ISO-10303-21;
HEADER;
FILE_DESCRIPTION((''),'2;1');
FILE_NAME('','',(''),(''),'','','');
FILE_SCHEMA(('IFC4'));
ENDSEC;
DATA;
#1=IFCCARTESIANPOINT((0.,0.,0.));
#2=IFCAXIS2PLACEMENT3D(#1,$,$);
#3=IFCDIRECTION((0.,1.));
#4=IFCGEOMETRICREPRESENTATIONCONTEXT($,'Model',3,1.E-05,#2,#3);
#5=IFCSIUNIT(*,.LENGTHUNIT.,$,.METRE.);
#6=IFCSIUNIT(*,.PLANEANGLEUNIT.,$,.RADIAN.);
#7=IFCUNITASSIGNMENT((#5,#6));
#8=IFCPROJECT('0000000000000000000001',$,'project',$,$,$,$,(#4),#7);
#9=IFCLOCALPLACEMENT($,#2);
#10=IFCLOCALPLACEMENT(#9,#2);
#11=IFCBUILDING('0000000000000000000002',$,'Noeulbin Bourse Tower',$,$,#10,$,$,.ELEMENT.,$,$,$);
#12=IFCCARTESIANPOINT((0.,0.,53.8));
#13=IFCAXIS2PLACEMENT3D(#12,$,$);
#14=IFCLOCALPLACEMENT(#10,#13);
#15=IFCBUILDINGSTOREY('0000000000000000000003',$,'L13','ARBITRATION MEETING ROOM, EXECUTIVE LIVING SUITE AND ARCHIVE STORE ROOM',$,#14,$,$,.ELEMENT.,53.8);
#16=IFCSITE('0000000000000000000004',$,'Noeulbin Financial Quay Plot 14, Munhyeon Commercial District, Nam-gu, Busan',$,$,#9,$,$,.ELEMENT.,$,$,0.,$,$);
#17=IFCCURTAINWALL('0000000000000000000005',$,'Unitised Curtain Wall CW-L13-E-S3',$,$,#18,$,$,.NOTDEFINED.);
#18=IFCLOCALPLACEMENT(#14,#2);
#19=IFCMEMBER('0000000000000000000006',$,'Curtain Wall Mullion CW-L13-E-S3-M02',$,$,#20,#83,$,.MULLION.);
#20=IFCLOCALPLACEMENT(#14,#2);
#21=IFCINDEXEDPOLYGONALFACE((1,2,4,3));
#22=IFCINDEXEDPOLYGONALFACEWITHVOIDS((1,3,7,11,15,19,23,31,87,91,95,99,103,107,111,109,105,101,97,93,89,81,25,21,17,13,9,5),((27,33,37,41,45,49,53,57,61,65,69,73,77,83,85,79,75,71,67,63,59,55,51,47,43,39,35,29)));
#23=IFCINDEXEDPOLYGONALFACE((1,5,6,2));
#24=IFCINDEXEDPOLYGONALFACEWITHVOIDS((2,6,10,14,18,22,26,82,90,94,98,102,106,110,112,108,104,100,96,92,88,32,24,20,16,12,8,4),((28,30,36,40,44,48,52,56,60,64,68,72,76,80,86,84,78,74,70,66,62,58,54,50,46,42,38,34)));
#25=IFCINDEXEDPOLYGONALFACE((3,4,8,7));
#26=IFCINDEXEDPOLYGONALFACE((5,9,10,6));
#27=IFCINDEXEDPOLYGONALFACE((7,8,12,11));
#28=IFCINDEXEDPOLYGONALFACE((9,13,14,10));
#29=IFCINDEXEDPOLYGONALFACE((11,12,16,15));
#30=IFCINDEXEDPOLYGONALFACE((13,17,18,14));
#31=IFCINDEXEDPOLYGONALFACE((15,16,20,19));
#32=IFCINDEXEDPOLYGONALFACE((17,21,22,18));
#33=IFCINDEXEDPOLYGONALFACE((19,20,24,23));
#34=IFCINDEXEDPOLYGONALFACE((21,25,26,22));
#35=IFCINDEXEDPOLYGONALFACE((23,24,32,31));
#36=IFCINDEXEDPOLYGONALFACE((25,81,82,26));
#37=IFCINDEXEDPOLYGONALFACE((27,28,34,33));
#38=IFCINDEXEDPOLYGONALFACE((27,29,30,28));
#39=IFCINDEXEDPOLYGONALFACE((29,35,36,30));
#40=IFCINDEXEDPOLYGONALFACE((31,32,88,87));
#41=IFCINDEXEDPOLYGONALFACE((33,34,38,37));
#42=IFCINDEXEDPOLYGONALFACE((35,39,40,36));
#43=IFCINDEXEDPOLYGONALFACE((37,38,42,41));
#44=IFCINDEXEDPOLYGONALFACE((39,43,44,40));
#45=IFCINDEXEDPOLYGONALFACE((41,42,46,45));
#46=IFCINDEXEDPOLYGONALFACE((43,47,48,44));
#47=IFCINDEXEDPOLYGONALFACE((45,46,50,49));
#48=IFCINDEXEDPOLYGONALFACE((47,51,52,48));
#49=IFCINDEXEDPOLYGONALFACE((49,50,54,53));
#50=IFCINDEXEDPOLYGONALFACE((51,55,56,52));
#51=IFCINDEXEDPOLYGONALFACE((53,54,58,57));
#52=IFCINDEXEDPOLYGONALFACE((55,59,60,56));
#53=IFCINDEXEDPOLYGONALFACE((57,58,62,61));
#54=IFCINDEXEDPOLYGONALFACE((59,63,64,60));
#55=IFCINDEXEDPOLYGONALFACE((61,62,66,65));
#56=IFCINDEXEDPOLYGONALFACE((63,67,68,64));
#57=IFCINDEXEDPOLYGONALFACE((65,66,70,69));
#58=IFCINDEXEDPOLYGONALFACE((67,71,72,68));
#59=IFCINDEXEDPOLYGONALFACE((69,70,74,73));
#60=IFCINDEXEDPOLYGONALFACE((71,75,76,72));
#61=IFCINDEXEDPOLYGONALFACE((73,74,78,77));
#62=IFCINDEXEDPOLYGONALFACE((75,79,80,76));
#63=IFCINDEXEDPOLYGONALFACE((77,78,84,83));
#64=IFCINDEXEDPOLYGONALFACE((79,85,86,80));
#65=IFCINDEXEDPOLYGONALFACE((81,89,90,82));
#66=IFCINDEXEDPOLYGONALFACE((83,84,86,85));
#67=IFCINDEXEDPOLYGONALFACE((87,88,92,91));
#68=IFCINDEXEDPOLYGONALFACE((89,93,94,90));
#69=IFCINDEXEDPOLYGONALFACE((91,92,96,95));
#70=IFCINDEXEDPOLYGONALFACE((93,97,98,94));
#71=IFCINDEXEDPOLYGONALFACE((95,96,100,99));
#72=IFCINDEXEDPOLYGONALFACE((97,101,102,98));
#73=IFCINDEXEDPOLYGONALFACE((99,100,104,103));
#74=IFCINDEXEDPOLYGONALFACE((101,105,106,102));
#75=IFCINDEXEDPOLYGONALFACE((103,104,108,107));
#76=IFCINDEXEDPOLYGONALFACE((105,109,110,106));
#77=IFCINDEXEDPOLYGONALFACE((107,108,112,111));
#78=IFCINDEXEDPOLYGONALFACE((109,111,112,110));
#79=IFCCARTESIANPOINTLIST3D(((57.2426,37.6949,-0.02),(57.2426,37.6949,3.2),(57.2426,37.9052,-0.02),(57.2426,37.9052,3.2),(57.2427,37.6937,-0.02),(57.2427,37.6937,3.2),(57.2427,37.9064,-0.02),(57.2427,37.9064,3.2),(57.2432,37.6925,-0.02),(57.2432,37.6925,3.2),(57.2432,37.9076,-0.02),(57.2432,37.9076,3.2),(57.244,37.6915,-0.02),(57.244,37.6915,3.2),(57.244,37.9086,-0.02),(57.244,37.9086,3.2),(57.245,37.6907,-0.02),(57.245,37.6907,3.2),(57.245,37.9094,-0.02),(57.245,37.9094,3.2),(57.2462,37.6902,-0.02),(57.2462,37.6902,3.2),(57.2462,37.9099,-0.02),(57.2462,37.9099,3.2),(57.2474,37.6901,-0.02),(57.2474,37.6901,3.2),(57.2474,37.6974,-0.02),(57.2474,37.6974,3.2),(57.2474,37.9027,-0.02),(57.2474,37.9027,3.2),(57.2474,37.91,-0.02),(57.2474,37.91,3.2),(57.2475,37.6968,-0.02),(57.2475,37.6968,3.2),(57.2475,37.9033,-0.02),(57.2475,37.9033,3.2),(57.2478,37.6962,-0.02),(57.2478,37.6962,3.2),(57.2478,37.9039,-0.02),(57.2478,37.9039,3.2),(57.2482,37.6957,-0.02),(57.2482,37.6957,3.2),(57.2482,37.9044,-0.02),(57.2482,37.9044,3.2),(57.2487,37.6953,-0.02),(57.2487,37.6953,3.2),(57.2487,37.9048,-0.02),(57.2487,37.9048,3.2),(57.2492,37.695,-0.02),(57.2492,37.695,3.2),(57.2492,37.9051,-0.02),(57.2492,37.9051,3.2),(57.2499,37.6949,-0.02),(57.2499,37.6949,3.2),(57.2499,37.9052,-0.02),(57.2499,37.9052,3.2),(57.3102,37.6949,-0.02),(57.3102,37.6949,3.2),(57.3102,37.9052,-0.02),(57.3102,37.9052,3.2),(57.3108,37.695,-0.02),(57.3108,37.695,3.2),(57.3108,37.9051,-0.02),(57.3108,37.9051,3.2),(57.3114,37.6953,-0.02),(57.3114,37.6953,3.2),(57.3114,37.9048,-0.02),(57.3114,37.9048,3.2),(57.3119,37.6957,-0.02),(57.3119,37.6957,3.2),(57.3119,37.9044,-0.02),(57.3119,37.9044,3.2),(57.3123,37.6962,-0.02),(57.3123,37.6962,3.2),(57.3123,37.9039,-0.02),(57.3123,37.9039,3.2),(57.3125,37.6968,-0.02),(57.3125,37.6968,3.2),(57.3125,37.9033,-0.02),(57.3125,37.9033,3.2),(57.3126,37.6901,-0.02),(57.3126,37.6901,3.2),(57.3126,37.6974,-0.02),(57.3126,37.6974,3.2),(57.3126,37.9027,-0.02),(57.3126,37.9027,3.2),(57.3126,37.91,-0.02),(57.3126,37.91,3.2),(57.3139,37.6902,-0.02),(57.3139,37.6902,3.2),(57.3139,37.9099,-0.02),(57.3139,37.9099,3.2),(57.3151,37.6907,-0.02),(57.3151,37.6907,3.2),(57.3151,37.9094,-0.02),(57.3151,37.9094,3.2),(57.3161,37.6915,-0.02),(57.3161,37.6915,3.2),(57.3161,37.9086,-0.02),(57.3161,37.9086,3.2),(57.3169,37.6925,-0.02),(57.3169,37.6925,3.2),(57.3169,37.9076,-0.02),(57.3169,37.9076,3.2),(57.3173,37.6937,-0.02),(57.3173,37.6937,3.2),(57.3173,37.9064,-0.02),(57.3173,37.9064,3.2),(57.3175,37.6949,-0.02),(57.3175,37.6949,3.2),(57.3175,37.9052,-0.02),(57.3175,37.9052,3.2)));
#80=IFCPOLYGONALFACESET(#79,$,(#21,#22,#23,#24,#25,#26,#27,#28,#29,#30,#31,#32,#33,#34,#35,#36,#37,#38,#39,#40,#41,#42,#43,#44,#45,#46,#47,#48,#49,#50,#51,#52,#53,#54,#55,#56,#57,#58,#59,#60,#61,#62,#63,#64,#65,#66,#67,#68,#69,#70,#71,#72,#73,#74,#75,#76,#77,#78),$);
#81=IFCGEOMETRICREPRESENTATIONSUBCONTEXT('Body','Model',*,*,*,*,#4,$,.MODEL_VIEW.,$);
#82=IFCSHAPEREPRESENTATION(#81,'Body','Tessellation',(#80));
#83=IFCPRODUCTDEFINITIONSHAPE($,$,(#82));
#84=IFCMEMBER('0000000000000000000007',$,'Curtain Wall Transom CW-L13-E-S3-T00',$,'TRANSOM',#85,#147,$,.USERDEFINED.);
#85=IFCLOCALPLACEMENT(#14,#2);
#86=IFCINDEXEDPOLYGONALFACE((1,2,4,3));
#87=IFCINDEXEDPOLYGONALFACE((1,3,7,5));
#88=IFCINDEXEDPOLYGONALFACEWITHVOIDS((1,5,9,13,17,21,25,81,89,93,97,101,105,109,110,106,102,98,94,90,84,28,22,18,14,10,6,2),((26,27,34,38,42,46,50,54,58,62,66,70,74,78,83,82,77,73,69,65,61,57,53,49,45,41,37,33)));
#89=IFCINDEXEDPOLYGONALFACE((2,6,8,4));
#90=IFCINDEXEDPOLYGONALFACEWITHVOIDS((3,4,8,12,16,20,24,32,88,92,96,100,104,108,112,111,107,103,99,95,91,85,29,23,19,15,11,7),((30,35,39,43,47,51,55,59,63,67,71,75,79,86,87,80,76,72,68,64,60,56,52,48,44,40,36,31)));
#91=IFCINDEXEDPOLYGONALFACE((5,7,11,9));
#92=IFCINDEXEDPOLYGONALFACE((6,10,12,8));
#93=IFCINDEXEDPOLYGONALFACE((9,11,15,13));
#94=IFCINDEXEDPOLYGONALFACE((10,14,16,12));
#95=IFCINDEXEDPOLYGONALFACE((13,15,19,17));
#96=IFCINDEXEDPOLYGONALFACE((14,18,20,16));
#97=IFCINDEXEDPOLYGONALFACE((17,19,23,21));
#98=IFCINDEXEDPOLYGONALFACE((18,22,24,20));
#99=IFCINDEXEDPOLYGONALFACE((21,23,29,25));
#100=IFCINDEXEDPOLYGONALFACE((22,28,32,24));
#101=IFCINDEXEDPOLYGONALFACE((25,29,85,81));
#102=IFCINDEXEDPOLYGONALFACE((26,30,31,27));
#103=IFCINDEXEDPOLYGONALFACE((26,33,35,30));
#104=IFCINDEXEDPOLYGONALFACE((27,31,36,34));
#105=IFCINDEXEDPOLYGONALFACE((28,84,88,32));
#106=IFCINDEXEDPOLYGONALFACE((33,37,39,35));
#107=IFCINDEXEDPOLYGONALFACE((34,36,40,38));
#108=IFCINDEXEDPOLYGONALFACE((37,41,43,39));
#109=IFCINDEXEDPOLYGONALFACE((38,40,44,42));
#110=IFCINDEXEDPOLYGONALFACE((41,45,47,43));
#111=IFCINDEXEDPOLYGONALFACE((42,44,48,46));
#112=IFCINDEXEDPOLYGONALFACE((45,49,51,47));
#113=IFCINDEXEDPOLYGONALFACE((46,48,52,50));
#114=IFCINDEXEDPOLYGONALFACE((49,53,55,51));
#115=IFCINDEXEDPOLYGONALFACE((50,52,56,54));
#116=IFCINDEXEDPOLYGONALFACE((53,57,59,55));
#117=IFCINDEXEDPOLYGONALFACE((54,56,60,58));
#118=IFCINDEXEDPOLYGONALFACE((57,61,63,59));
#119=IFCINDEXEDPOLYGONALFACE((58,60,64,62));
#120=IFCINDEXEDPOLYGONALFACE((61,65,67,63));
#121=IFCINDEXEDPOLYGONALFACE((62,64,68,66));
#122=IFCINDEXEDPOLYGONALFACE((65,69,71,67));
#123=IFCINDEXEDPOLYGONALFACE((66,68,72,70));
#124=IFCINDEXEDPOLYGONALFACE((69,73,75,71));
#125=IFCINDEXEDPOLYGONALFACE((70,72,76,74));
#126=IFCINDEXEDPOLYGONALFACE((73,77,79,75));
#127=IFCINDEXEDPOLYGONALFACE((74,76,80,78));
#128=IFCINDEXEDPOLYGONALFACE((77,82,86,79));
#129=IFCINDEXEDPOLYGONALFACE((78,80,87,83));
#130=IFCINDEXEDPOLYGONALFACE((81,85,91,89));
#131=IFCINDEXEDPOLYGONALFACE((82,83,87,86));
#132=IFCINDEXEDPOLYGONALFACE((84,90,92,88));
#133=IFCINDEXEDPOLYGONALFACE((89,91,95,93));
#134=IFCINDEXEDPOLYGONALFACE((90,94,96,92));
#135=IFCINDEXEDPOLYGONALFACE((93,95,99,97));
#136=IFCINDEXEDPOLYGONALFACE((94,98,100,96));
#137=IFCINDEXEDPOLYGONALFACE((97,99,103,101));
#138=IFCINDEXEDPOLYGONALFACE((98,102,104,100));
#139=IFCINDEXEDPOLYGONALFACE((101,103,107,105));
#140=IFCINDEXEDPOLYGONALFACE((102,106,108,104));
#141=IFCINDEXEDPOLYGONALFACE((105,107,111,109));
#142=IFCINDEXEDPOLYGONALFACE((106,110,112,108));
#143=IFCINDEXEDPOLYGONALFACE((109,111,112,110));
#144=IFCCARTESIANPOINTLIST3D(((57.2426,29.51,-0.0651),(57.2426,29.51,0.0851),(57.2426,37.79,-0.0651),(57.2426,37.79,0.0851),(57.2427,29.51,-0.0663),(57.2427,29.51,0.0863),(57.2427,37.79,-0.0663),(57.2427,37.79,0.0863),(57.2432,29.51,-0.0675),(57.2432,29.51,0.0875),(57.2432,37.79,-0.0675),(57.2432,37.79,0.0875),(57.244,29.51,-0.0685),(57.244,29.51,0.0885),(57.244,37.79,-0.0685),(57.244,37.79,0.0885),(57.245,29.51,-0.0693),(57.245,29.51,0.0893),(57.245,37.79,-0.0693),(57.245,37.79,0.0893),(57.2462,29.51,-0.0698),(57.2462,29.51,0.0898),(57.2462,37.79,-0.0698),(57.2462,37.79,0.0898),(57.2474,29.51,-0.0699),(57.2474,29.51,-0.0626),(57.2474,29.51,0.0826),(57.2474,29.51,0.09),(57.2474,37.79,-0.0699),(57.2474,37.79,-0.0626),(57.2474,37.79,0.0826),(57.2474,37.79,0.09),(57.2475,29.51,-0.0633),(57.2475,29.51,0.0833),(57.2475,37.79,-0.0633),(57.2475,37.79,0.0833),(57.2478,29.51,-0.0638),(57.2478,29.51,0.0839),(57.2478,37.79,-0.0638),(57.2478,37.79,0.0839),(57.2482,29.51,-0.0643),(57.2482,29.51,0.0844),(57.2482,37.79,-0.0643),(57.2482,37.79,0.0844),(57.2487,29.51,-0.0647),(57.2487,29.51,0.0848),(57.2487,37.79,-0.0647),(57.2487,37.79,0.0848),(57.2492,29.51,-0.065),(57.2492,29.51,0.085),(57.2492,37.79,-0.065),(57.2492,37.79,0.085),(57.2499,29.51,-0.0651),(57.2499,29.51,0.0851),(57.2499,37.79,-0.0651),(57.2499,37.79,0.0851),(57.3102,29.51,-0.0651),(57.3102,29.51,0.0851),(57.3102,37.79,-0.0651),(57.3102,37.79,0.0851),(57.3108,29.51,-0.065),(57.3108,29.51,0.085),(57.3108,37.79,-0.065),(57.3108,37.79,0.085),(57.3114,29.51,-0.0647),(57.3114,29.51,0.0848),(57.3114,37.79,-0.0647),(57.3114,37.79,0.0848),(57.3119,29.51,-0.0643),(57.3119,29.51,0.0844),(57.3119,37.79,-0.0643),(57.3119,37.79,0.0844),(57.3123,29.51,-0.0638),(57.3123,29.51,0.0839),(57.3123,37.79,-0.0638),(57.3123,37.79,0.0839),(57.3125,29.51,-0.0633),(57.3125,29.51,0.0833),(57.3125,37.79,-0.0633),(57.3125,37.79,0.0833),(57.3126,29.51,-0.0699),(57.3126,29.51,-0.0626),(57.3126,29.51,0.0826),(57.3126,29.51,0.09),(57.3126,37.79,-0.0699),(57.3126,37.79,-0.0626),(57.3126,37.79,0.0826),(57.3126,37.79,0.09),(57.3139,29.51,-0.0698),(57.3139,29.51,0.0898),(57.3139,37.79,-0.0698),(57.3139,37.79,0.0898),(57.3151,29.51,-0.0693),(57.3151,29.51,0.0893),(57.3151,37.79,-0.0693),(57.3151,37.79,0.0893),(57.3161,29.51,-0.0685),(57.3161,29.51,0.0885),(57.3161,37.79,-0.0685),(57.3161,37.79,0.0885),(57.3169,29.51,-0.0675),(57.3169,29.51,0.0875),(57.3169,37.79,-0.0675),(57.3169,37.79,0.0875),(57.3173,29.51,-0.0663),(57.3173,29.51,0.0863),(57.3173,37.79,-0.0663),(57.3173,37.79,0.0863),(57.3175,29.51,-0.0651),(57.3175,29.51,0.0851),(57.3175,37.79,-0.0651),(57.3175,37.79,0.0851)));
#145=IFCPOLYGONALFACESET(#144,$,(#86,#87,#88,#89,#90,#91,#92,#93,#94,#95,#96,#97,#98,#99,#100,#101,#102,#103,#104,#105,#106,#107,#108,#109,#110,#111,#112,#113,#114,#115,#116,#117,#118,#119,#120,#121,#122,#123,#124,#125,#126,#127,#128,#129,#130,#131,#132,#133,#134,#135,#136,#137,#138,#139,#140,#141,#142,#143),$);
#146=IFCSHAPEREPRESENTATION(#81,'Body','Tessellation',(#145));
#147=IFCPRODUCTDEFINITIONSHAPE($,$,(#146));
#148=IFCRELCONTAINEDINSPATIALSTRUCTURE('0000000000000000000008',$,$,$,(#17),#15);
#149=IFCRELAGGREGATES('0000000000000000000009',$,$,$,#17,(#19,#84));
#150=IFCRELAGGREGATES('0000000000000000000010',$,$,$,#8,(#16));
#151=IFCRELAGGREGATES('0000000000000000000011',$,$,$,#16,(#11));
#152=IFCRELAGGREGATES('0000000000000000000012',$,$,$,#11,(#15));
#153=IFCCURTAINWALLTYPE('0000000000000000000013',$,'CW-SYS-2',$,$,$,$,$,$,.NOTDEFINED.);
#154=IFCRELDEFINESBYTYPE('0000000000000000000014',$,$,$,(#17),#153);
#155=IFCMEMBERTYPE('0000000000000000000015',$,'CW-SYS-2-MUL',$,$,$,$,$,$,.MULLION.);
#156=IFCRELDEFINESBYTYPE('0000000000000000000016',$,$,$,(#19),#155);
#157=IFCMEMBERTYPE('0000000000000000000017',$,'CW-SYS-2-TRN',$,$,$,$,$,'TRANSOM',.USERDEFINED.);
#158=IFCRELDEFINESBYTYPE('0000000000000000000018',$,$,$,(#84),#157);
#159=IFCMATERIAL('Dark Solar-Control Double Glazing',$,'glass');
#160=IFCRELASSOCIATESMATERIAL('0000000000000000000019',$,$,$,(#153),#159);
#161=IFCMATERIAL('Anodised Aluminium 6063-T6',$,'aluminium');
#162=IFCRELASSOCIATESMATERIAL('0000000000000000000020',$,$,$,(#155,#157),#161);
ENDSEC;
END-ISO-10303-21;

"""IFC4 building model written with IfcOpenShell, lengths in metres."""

from ifc_helpers import new_model, si_unit, direction, frame, origin, origin_2d, place, context, subcontext, project, spatial, hollow_rectangle, extrude, material, material_profile, profile_set, type_object, element, aggregate, save


model = new_model("IFC4")

# Units and contexts
model_context = context("Model", 3, precision=1e-05, world=origin(), true_north=direction((0.0, 1.0)))
body_context = subcontext(model_context, "Body", "Model", "MODEL_VIEW")
ifc_project = project(units=[si_unit("LENGTHUNIT", "METRE"), si_unit("PLANEANGLEUNIT", "RADIAN")], contexts=[model_context])

# Site, building, storey
site_placement = place(None, origin())
site = spatial("IfcSite", under=ifc_project, at=site_placement, Name="Noeulbin Financial Quay Plot 14, Munhyeon Commercial District, Nam-gu, Busan", CompositionType="ELEMENT", RefElevation=0.0)
building_placement = place(site_placement, origin())
building = spatial("IfcBuilding", under=site, at=building_placement, Name="Noeulbin Bourse Tower", CompositionType="ELEMENT")
storey_placement = place(building_placement, frame((0.0, 0.0, 53.8)))
storey = spatial("IfcBuildingStorey", under=building, at=storey_placement, Name="L13", Description="ARBITRATION MEETING ROOM, EXECUTIVE LIVING SUITE AND ARCHIVE STORE ROOM", CompositionType="ELEMENT", Elevation=53.8)

# Curtain wall, members
ifc_material_1 = material(Name="Dark Solar-Control Double Glazing", Category="glass")
curtain_wall_type = type_object("IfcCurtainWallType", Name="CW-SYS-2", PredefinedType="NOTDEFINED", material=ifc_material_1)
curtain_wall_placement = place(storey_placement, origin())
curtain_wall = element("IfcCurtainWall", 1, at=curtain_wall_placement, inside=storey, type_object=curtain_wall_type, Name="Unitised Curtain Wall CW-L13-E-S3", PredefinedType="NOTDEFINED")
ifc_material_2 = material(Name="Anodised Aluminium 6063-T6", Category="aluminium")
ifc_material_profile_1 = material_profile(ifc_material_2, hollow_rectangle(XDim=0.075, YDim=0.22, WallThickness=0.0049, InnerFilletRadius=0.0024, OuterFilletRadius=0.0049, at=origin_2d()), Name="ALU-MULL-75x220x5", Category="LoadBearing")
ifc_profile_set_1 = profile_set([ifc_material_profile_1], Name="Anodised Aluminium 6063-T6")
member_type_1 = type_object("IfcMemberType", Name="CW-SYS-2-MUL", PredefinedType="MULLION", material=ifc_profile_set_1)
member_1_placement = place(storey_placement, frame((57.28, 37.8, -0.02), z_axis=(0.0, 0.0, 1.0), x_axis=(1.0, 0.0, 0.0)))
member_1 = element("IfcMember", 2, at=member_1_placement, type_object=member_type_1, Name="Curtain Wall Mullion CW-L13-E-S3-M02", PredefinedType="MULLION", context=body_context, shape_type="SweptSolid", body=[
    extrude(hollow_rectangle(XDim=0.075, YDim=0.22, WallThickness=0.0049, InnerFilletRadius=0.0024, OuterFilletRadius=0.0049, at=origin_2d()), origin(), (0.0, 0.0, 1.0), 3.22),
])
ifc_material_profile_2 = material_profile(ifc_material_2, hollow_rectangle(XDim=0.075, YDim=0.1599, WallThickness=0.0049, InnerFilletRadius=0.0024, OuterFilletRadius=0.0049, at=origin_2d()), Name="ALU-TRAN-75x160x5", Category="LoadBearing")
ifc_profile_set_2 = profile_set([ifc_material_profile_2], Name="Anodised Aluminium 6063-T6")
member_type_2 = type_object("IfcMemberType", Name="CW-SYS-2-TRN", ElementType="TRANSOM", PredefinedType="USERDEFINED", material=ifc_profile_set_2)
member_2_placement = place(storey_placement, frame((57.28, 29.51, 0.01), z_axis=(0.0, 1.0, 0.0), x_axis=(-1.0, 0.0, 0.0)))
member_2 = element("IfcMember", 3, at=member_2_placement, type_object=member_type_2, Name="Curtain Wall Transom CW-L13-E-S3-T00", ObjectType="TRANSOM", PredefinedType="USERDEFINED", context=body_context, shape_type="SweptSolid", body=[
    extrude(hollow_rectangle(XDim=0.075, YDim=0.1599, WallThickness=0.0049, InnerFilletRadius=0.0024, OuterFilletRadius=0.0049, at=origin_2d()), origin(), (0.0, 0.0, 1.0), 8.28),
])

aggregate(curtain_wall, [member_1, member_2])

save(model, "model.ifc")
